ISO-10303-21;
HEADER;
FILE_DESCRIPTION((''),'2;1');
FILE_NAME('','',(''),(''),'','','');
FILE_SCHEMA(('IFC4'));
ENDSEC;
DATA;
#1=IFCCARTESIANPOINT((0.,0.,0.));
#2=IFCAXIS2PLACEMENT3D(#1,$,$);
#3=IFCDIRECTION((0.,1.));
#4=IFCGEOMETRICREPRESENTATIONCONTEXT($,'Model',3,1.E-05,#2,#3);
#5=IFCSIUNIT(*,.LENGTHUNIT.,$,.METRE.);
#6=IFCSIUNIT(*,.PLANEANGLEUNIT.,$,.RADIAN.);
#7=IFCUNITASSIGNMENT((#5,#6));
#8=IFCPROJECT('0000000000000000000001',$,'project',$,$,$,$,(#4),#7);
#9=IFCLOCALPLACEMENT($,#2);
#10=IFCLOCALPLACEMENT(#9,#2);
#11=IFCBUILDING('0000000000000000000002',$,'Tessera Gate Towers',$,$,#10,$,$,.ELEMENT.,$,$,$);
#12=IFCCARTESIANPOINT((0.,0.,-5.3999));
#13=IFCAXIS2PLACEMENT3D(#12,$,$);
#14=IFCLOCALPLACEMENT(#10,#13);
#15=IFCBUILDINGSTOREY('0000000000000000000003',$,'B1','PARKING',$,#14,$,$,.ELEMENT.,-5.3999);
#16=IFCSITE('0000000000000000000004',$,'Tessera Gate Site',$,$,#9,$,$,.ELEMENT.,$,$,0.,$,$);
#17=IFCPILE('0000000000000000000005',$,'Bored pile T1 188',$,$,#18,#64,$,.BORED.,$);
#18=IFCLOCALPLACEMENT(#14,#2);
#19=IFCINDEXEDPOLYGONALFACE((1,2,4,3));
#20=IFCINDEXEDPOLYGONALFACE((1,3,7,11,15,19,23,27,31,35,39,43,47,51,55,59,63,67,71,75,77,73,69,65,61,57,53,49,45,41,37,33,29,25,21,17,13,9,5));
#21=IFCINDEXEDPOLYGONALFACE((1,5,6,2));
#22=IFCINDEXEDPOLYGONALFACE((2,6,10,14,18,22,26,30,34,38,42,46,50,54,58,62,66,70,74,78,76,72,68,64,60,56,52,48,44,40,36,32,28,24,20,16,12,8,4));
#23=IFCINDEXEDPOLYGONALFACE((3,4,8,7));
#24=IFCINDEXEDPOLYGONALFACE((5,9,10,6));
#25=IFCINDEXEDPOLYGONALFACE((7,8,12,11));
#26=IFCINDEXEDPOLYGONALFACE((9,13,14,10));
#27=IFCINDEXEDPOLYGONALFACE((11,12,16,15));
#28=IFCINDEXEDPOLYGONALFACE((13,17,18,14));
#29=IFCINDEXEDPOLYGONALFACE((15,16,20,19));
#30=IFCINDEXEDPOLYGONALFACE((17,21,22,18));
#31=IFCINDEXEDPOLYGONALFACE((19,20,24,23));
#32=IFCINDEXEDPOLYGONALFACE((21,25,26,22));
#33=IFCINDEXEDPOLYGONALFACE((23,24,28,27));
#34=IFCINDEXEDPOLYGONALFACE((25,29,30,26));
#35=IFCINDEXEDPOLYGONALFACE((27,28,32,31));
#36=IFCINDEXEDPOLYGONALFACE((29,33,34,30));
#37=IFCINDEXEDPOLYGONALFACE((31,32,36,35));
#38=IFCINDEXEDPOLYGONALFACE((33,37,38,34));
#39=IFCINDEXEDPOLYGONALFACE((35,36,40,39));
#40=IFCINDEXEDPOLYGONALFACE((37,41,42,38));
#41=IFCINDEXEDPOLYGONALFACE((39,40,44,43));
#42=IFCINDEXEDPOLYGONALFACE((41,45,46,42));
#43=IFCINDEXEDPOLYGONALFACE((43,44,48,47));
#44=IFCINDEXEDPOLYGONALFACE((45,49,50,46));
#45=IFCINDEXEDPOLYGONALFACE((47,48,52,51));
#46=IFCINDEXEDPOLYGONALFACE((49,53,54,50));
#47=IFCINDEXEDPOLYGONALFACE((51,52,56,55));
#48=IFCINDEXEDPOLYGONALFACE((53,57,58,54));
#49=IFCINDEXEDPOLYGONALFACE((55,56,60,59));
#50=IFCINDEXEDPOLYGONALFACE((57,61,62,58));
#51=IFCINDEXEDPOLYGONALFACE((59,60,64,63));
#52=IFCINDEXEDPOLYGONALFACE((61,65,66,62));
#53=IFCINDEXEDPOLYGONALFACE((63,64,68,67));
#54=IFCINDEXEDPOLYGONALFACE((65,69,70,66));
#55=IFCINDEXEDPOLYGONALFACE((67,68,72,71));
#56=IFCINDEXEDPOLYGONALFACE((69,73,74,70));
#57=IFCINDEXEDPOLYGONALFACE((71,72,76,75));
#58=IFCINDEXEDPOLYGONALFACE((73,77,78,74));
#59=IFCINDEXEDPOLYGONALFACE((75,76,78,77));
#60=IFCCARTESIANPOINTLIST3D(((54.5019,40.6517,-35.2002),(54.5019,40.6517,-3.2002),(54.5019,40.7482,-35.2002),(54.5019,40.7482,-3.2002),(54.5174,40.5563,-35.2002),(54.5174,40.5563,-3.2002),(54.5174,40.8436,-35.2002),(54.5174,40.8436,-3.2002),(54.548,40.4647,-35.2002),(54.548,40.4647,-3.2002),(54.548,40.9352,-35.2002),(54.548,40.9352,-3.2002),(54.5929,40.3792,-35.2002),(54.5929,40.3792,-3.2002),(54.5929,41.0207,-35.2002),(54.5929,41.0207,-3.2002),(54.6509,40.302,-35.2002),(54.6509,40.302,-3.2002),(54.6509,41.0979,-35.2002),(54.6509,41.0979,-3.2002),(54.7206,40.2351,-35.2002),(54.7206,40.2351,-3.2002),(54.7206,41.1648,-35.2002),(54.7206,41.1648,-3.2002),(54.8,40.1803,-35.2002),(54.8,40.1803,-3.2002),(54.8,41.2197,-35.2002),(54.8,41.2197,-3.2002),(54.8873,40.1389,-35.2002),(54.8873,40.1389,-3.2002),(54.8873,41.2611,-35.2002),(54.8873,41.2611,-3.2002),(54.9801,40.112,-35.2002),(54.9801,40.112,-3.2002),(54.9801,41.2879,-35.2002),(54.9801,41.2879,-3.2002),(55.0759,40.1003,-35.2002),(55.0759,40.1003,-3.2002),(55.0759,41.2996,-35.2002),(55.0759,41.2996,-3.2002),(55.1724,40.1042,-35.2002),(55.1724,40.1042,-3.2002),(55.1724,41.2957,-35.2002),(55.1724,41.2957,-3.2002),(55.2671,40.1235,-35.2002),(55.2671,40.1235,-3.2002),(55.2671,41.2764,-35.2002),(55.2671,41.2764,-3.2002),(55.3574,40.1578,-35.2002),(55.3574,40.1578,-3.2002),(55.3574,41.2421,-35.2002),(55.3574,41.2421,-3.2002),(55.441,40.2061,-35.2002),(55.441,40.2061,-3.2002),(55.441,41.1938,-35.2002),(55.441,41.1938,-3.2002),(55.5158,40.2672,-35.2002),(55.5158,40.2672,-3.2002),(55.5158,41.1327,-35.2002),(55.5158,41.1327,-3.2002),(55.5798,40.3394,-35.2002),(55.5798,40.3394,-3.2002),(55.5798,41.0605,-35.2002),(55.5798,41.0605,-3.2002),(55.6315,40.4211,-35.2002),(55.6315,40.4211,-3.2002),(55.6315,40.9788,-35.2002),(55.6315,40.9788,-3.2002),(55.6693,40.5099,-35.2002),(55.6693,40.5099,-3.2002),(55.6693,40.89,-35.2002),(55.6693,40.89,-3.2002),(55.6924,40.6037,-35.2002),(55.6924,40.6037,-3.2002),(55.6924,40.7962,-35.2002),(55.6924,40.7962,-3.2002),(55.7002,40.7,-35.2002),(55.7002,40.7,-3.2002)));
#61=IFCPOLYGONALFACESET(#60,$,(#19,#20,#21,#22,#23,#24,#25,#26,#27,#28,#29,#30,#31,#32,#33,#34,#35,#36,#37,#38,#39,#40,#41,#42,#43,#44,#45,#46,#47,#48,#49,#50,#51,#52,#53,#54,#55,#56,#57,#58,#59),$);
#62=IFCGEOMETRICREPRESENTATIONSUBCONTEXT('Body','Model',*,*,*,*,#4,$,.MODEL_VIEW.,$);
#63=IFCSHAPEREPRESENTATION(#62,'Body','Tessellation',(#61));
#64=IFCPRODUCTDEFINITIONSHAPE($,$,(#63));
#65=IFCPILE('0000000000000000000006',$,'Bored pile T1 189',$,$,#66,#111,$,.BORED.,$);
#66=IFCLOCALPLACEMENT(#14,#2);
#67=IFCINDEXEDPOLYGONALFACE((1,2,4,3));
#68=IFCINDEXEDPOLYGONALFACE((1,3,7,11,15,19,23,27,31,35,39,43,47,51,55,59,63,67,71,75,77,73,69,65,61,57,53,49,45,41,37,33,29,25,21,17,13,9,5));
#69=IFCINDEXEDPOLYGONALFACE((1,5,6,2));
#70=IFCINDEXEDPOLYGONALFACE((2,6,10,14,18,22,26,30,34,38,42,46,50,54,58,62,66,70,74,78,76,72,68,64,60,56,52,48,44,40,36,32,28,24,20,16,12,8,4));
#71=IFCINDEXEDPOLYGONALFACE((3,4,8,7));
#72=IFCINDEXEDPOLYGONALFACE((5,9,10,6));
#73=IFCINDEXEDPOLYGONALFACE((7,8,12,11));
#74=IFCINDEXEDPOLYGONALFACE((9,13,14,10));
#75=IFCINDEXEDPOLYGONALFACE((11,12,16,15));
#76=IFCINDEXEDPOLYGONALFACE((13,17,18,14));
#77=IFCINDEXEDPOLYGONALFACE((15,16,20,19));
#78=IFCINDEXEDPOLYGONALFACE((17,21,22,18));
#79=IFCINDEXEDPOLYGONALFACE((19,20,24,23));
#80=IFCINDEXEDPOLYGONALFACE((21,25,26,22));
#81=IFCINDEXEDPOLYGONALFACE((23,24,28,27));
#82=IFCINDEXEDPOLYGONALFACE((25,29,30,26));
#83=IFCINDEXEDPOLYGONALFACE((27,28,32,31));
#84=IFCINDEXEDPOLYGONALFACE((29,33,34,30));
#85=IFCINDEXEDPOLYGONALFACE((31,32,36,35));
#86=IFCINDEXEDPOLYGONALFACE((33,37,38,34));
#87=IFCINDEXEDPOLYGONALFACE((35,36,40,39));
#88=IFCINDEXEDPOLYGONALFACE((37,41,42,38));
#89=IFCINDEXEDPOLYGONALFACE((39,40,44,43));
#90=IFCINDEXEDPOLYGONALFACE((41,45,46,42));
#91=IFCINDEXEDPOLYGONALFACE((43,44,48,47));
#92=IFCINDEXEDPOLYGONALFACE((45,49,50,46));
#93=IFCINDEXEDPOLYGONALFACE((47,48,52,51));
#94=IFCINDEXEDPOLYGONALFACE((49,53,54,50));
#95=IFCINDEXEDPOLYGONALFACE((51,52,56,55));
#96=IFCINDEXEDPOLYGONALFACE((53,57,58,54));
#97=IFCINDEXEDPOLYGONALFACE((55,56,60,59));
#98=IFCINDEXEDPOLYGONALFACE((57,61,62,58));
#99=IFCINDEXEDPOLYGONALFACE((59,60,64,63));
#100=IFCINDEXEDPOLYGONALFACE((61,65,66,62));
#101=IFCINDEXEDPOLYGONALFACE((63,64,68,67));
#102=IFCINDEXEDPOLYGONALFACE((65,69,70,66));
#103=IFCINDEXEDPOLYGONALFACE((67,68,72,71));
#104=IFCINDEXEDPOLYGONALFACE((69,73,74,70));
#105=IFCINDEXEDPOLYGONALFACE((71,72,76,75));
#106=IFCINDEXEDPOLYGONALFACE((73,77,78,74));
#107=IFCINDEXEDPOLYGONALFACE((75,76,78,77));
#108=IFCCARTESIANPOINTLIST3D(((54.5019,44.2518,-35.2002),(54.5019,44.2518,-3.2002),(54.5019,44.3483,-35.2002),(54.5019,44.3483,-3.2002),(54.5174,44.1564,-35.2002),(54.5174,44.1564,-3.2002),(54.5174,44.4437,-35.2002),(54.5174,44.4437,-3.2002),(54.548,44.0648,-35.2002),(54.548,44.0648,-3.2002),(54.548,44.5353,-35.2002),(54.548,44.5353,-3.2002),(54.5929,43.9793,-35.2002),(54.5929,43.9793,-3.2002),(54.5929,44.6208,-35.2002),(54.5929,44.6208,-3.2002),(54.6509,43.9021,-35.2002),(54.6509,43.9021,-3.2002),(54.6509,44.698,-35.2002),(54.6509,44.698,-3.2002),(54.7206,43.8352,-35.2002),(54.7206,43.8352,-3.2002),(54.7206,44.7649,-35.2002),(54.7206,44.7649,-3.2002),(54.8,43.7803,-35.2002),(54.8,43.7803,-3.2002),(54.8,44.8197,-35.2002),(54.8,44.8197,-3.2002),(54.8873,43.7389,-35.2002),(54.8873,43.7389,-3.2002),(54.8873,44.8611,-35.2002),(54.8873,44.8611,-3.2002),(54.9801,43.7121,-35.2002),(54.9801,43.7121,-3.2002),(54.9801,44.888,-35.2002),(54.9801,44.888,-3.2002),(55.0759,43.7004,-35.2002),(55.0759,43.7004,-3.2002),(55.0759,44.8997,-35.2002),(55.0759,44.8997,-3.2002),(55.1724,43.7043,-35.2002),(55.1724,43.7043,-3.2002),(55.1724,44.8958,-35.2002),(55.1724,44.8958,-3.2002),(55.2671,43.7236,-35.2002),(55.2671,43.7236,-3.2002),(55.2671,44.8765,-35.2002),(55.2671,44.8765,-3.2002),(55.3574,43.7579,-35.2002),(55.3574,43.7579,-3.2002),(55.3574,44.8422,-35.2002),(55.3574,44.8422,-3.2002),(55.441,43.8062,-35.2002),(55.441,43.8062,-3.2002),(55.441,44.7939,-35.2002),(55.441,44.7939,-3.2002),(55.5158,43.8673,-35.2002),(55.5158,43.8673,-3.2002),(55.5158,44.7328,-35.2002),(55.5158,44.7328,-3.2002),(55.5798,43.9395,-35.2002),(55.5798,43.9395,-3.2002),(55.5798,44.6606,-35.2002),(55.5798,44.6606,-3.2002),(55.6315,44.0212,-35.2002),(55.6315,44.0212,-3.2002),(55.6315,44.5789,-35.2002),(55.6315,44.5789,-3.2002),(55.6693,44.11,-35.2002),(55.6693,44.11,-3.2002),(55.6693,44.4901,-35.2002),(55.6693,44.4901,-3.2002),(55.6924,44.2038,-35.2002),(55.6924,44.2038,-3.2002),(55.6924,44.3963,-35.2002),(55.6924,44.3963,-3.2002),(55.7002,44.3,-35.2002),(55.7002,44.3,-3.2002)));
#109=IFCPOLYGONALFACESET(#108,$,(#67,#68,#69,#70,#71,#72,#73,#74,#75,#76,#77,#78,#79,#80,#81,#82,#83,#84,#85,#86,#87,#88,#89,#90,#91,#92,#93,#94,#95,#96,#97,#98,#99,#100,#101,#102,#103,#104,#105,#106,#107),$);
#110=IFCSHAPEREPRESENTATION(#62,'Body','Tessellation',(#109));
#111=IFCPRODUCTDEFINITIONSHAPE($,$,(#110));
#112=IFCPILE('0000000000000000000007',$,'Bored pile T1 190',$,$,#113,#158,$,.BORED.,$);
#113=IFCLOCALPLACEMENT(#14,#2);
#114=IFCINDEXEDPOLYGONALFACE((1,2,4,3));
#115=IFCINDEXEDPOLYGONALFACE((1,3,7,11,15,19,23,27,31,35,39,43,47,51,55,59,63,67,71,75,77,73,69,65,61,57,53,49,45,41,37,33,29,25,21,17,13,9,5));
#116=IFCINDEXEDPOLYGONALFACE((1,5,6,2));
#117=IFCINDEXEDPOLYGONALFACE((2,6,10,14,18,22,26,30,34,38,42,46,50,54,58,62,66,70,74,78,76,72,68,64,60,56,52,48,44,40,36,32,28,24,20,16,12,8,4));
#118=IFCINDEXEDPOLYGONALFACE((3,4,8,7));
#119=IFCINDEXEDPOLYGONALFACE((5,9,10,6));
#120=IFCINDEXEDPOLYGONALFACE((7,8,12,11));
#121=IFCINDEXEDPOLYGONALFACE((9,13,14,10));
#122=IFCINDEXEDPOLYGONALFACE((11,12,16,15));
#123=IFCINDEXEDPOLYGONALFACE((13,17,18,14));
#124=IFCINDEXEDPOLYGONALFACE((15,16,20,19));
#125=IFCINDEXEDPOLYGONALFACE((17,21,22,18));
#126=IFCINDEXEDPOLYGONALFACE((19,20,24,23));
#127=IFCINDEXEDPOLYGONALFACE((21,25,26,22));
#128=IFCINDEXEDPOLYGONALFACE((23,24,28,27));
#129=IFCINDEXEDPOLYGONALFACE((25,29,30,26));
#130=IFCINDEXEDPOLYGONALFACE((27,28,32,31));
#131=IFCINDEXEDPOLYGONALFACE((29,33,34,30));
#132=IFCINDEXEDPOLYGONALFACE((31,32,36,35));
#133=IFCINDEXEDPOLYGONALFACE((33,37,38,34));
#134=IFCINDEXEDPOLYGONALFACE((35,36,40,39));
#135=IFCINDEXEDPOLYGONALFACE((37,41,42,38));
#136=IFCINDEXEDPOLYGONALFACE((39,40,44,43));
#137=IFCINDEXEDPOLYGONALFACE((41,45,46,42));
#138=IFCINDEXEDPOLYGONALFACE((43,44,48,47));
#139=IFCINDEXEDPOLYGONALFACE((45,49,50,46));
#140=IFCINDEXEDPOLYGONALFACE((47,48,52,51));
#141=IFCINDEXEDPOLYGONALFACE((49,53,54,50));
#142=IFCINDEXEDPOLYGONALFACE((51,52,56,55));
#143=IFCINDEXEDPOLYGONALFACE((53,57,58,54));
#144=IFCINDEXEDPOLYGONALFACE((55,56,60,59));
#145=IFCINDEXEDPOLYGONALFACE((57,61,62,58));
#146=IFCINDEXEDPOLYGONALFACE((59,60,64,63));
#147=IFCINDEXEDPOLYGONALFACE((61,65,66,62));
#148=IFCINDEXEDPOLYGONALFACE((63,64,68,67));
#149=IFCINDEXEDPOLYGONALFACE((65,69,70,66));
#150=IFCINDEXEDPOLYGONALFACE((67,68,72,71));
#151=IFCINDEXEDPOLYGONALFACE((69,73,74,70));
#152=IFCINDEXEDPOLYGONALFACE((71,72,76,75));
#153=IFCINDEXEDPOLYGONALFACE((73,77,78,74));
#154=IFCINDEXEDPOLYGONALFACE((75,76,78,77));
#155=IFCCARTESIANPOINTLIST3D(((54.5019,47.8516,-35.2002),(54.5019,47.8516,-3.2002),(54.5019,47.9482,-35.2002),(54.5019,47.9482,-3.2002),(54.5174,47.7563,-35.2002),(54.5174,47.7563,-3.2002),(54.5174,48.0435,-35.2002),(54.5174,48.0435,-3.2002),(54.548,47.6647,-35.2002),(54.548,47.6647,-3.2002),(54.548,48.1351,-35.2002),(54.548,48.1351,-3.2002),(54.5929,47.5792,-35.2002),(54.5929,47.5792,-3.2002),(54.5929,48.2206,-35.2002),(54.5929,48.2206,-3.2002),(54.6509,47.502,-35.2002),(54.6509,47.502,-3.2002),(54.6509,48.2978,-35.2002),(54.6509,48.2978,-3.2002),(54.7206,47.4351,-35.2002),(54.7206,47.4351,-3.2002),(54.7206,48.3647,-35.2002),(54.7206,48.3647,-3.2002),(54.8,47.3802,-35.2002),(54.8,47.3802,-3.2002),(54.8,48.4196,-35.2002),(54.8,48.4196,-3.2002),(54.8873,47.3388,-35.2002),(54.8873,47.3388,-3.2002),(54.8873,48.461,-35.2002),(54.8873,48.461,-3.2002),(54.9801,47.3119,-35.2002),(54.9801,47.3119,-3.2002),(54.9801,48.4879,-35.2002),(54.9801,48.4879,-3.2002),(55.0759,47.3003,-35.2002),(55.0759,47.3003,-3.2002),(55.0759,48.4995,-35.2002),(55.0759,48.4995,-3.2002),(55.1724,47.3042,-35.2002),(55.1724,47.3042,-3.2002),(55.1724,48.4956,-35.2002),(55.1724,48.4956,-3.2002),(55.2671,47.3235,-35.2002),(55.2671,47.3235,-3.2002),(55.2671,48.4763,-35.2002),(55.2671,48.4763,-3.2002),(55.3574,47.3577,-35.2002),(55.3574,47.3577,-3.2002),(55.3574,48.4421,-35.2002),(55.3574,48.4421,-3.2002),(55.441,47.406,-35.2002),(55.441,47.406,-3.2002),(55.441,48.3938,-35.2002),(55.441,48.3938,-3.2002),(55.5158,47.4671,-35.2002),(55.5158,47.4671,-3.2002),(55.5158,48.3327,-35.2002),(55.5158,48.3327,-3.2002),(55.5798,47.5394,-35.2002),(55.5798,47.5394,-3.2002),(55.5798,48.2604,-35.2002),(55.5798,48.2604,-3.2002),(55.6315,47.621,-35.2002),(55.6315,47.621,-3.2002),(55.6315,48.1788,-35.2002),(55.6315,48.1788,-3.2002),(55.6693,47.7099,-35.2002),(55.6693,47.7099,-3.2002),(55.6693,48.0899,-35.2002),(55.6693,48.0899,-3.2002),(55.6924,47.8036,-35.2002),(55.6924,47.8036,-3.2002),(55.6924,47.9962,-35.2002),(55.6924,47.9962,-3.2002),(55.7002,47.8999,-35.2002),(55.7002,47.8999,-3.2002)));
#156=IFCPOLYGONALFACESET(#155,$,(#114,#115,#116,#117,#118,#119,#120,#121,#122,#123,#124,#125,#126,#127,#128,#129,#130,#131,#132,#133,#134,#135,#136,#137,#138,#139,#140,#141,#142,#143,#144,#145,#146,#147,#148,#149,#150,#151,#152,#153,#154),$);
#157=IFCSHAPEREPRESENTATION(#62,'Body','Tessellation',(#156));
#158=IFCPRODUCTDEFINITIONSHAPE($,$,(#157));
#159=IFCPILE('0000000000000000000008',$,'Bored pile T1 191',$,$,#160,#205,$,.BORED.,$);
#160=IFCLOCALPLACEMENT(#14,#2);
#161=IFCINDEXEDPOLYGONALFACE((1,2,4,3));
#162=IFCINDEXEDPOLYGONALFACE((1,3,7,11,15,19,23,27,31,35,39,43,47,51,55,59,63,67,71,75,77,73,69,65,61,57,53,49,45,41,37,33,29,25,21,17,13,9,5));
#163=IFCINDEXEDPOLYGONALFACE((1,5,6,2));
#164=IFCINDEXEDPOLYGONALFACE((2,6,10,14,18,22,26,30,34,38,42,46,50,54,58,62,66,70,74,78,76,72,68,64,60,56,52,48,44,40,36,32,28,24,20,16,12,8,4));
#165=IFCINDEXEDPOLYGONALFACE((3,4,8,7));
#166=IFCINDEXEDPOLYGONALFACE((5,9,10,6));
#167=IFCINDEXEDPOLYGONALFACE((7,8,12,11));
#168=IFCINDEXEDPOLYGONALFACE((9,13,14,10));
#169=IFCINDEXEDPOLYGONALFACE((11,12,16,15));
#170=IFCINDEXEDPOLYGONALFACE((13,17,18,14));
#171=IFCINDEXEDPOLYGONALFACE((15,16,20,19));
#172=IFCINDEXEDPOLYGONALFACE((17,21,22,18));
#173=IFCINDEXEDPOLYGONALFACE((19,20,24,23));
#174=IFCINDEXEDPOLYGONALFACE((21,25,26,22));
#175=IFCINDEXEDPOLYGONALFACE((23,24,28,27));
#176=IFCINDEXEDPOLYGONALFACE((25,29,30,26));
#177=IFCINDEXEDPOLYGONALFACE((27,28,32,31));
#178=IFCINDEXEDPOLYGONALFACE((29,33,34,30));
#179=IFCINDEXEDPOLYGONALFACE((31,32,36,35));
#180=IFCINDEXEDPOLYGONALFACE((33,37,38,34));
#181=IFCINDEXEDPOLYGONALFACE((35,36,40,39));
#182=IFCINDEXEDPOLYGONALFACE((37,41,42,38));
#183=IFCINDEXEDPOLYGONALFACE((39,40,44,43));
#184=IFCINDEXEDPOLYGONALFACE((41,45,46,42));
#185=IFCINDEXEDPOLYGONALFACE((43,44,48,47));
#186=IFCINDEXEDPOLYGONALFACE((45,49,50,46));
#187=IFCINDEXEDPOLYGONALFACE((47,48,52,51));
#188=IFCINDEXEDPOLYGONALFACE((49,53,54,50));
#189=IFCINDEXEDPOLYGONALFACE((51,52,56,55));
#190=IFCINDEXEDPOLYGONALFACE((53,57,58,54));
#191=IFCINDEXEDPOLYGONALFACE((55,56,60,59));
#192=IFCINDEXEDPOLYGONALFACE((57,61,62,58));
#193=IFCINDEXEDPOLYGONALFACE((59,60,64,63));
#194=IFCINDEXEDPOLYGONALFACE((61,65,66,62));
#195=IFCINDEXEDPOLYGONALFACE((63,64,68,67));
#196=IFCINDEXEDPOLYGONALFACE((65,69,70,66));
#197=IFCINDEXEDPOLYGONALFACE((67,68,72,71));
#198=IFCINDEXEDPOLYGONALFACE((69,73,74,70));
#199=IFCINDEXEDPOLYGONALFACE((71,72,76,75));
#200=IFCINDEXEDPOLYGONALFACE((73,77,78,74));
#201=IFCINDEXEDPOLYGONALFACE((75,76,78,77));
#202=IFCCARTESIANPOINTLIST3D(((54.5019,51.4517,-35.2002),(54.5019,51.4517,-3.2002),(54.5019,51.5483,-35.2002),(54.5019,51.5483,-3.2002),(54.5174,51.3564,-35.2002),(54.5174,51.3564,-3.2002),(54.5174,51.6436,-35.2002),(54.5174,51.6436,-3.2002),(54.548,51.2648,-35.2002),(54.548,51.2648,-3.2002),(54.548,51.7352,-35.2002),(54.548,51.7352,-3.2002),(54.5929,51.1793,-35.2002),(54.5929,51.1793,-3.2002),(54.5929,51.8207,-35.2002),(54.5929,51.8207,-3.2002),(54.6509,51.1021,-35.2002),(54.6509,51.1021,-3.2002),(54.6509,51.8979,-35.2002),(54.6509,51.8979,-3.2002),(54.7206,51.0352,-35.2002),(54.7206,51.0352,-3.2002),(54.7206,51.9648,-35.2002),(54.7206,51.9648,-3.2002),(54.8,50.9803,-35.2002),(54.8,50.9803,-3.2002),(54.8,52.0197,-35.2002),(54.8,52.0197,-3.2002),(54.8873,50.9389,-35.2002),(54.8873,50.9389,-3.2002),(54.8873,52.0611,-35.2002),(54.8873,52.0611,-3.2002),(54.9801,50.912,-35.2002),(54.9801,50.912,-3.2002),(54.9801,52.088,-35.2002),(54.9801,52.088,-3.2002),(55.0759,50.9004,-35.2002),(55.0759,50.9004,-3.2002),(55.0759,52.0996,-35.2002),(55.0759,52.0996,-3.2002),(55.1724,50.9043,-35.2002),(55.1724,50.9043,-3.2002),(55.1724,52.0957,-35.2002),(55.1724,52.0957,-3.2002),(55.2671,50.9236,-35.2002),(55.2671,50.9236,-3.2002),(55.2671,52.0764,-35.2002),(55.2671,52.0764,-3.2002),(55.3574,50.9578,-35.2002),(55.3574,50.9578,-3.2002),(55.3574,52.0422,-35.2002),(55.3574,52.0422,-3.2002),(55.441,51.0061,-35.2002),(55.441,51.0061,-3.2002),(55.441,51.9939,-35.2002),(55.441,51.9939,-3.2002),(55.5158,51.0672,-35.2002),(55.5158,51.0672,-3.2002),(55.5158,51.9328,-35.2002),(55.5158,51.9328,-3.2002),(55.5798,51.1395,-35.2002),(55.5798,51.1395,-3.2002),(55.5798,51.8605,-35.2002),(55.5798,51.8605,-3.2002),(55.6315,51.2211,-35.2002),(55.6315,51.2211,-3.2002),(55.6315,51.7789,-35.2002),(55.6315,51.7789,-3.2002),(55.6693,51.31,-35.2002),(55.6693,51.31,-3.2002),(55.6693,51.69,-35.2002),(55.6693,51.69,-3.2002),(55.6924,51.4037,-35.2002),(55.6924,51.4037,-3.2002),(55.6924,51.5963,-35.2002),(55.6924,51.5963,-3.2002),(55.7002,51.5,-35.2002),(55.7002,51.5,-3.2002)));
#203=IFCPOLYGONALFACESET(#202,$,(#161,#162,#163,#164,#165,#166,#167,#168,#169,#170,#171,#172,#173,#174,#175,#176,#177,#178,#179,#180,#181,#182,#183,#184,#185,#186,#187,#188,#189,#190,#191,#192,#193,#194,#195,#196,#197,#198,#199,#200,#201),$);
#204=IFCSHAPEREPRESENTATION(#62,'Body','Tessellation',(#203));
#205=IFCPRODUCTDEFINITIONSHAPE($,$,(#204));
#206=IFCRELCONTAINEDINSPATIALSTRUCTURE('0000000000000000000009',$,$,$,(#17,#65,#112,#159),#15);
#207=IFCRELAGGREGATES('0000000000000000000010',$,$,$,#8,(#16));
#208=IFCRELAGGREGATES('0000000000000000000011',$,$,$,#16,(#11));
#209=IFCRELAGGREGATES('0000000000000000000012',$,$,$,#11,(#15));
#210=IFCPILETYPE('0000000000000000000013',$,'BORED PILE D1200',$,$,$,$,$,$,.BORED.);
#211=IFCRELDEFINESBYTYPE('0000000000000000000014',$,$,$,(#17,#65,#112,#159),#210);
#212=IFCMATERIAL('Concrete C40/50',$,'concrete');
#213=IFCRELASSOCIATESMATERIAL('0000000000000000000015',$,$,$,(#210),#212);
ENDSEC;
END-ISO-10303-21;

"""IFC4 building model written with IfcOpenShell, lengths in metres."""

from ifc_helpers import new_model, si_unit, direction, frame, origin, origin_2d, place, context, subcontext, project, spatial, circle, extrude, material, material_profile, profile_set, type_object, element, save


model = new_model("IFC4")

# Units and contexts
model_context = context("Model", 3, precision=1e-05, world=origin(), true_north=direction((0.0, 1.0)))
body_context = subcontext(model_context, "Body", "Model", "MODEL_VIEW")
ifc_project = project(units=[si_unit("LENGTHUNIT", "METRE"), si_unit("PLANEANGLEUNIT", "RADIAN")], contexts=[model_context])

# Site, building, storey
site_placement = place(None, origin())
site = spatial("IfcSite", under=ifc_project, at=site_placement, Name="Tessera Gate Site", CompositionType="ELEMENT", RefElevation=0.0)
building_placement = place(site_placement, origin())
building = spatial("IfcBuilding", under=site, at=building_placement, Name="Tessera Gate Towers", CompositionType="ELEMENT")
storey_placement = place(building_placement, frame((0.0, 0.0, -5.3999)))
storey = spatial("IfcBuildingStorey", under=building, at=storey_placement, Name="B1", Description="PARKING", CompositionType="ELEMENT", Elevation=-5.3999)

# Piles
ifc_material_1 = material(Name="Concrete C40/50", Category="concrete")
ifc_material_profile_1 = material_profile(ifc_material_1, circle(Radius=0.6001, at=origin_2d()), Name="BORED PILE D1200")
ifc_profile_set_1 = profile_set([ifc_material_profile_1], Name="Concrete C40/50")
pile_type = type_object("IfcPileType", Name="BORED PILE D1200", PredefinedType="BORED", material=ifc_profile_set_1)
for number, where, z_axis, x_axis, name in (
    (1, (55.1001, 40.7, -3.2002), (0.0, 0.0, -1.0), (1.0, 0.0, 0.0), "Bored pile T1 188"),
    (2, (55.1001, 44.3, -3.2002), (0.0, 0.0, -1.0), (1.0, 0.0, 0.0), "Bored pile T1 189"),
    (3, (55.1001, 47.8999, -3.2002), (0.0, 0.0, -1.0), (1.0, 0.0, 0.0), "Bored pile T1 190"),
    (4, (55.1001, 51.5, -3.2002), (0.0, 0.0, -1.0), (1.0, 0.0, 0.0), "Bored pile T1 191"),
):
    element("IfcPile", number, at=place(storey_placement, frame(where, z_axis=z_axis, x_axis=x_axis)), inside=storey, type_object=pile_type, Name=name, PredefinedType="BORED", context=body_context, shape_type="SweptSolid", body=[
        extrude(circle(Radius=0.6001, at=origin_2d()), origin(), (0.0, 0.0, 1.0), 32.0),
    ])

save(model, "model.ifc")
